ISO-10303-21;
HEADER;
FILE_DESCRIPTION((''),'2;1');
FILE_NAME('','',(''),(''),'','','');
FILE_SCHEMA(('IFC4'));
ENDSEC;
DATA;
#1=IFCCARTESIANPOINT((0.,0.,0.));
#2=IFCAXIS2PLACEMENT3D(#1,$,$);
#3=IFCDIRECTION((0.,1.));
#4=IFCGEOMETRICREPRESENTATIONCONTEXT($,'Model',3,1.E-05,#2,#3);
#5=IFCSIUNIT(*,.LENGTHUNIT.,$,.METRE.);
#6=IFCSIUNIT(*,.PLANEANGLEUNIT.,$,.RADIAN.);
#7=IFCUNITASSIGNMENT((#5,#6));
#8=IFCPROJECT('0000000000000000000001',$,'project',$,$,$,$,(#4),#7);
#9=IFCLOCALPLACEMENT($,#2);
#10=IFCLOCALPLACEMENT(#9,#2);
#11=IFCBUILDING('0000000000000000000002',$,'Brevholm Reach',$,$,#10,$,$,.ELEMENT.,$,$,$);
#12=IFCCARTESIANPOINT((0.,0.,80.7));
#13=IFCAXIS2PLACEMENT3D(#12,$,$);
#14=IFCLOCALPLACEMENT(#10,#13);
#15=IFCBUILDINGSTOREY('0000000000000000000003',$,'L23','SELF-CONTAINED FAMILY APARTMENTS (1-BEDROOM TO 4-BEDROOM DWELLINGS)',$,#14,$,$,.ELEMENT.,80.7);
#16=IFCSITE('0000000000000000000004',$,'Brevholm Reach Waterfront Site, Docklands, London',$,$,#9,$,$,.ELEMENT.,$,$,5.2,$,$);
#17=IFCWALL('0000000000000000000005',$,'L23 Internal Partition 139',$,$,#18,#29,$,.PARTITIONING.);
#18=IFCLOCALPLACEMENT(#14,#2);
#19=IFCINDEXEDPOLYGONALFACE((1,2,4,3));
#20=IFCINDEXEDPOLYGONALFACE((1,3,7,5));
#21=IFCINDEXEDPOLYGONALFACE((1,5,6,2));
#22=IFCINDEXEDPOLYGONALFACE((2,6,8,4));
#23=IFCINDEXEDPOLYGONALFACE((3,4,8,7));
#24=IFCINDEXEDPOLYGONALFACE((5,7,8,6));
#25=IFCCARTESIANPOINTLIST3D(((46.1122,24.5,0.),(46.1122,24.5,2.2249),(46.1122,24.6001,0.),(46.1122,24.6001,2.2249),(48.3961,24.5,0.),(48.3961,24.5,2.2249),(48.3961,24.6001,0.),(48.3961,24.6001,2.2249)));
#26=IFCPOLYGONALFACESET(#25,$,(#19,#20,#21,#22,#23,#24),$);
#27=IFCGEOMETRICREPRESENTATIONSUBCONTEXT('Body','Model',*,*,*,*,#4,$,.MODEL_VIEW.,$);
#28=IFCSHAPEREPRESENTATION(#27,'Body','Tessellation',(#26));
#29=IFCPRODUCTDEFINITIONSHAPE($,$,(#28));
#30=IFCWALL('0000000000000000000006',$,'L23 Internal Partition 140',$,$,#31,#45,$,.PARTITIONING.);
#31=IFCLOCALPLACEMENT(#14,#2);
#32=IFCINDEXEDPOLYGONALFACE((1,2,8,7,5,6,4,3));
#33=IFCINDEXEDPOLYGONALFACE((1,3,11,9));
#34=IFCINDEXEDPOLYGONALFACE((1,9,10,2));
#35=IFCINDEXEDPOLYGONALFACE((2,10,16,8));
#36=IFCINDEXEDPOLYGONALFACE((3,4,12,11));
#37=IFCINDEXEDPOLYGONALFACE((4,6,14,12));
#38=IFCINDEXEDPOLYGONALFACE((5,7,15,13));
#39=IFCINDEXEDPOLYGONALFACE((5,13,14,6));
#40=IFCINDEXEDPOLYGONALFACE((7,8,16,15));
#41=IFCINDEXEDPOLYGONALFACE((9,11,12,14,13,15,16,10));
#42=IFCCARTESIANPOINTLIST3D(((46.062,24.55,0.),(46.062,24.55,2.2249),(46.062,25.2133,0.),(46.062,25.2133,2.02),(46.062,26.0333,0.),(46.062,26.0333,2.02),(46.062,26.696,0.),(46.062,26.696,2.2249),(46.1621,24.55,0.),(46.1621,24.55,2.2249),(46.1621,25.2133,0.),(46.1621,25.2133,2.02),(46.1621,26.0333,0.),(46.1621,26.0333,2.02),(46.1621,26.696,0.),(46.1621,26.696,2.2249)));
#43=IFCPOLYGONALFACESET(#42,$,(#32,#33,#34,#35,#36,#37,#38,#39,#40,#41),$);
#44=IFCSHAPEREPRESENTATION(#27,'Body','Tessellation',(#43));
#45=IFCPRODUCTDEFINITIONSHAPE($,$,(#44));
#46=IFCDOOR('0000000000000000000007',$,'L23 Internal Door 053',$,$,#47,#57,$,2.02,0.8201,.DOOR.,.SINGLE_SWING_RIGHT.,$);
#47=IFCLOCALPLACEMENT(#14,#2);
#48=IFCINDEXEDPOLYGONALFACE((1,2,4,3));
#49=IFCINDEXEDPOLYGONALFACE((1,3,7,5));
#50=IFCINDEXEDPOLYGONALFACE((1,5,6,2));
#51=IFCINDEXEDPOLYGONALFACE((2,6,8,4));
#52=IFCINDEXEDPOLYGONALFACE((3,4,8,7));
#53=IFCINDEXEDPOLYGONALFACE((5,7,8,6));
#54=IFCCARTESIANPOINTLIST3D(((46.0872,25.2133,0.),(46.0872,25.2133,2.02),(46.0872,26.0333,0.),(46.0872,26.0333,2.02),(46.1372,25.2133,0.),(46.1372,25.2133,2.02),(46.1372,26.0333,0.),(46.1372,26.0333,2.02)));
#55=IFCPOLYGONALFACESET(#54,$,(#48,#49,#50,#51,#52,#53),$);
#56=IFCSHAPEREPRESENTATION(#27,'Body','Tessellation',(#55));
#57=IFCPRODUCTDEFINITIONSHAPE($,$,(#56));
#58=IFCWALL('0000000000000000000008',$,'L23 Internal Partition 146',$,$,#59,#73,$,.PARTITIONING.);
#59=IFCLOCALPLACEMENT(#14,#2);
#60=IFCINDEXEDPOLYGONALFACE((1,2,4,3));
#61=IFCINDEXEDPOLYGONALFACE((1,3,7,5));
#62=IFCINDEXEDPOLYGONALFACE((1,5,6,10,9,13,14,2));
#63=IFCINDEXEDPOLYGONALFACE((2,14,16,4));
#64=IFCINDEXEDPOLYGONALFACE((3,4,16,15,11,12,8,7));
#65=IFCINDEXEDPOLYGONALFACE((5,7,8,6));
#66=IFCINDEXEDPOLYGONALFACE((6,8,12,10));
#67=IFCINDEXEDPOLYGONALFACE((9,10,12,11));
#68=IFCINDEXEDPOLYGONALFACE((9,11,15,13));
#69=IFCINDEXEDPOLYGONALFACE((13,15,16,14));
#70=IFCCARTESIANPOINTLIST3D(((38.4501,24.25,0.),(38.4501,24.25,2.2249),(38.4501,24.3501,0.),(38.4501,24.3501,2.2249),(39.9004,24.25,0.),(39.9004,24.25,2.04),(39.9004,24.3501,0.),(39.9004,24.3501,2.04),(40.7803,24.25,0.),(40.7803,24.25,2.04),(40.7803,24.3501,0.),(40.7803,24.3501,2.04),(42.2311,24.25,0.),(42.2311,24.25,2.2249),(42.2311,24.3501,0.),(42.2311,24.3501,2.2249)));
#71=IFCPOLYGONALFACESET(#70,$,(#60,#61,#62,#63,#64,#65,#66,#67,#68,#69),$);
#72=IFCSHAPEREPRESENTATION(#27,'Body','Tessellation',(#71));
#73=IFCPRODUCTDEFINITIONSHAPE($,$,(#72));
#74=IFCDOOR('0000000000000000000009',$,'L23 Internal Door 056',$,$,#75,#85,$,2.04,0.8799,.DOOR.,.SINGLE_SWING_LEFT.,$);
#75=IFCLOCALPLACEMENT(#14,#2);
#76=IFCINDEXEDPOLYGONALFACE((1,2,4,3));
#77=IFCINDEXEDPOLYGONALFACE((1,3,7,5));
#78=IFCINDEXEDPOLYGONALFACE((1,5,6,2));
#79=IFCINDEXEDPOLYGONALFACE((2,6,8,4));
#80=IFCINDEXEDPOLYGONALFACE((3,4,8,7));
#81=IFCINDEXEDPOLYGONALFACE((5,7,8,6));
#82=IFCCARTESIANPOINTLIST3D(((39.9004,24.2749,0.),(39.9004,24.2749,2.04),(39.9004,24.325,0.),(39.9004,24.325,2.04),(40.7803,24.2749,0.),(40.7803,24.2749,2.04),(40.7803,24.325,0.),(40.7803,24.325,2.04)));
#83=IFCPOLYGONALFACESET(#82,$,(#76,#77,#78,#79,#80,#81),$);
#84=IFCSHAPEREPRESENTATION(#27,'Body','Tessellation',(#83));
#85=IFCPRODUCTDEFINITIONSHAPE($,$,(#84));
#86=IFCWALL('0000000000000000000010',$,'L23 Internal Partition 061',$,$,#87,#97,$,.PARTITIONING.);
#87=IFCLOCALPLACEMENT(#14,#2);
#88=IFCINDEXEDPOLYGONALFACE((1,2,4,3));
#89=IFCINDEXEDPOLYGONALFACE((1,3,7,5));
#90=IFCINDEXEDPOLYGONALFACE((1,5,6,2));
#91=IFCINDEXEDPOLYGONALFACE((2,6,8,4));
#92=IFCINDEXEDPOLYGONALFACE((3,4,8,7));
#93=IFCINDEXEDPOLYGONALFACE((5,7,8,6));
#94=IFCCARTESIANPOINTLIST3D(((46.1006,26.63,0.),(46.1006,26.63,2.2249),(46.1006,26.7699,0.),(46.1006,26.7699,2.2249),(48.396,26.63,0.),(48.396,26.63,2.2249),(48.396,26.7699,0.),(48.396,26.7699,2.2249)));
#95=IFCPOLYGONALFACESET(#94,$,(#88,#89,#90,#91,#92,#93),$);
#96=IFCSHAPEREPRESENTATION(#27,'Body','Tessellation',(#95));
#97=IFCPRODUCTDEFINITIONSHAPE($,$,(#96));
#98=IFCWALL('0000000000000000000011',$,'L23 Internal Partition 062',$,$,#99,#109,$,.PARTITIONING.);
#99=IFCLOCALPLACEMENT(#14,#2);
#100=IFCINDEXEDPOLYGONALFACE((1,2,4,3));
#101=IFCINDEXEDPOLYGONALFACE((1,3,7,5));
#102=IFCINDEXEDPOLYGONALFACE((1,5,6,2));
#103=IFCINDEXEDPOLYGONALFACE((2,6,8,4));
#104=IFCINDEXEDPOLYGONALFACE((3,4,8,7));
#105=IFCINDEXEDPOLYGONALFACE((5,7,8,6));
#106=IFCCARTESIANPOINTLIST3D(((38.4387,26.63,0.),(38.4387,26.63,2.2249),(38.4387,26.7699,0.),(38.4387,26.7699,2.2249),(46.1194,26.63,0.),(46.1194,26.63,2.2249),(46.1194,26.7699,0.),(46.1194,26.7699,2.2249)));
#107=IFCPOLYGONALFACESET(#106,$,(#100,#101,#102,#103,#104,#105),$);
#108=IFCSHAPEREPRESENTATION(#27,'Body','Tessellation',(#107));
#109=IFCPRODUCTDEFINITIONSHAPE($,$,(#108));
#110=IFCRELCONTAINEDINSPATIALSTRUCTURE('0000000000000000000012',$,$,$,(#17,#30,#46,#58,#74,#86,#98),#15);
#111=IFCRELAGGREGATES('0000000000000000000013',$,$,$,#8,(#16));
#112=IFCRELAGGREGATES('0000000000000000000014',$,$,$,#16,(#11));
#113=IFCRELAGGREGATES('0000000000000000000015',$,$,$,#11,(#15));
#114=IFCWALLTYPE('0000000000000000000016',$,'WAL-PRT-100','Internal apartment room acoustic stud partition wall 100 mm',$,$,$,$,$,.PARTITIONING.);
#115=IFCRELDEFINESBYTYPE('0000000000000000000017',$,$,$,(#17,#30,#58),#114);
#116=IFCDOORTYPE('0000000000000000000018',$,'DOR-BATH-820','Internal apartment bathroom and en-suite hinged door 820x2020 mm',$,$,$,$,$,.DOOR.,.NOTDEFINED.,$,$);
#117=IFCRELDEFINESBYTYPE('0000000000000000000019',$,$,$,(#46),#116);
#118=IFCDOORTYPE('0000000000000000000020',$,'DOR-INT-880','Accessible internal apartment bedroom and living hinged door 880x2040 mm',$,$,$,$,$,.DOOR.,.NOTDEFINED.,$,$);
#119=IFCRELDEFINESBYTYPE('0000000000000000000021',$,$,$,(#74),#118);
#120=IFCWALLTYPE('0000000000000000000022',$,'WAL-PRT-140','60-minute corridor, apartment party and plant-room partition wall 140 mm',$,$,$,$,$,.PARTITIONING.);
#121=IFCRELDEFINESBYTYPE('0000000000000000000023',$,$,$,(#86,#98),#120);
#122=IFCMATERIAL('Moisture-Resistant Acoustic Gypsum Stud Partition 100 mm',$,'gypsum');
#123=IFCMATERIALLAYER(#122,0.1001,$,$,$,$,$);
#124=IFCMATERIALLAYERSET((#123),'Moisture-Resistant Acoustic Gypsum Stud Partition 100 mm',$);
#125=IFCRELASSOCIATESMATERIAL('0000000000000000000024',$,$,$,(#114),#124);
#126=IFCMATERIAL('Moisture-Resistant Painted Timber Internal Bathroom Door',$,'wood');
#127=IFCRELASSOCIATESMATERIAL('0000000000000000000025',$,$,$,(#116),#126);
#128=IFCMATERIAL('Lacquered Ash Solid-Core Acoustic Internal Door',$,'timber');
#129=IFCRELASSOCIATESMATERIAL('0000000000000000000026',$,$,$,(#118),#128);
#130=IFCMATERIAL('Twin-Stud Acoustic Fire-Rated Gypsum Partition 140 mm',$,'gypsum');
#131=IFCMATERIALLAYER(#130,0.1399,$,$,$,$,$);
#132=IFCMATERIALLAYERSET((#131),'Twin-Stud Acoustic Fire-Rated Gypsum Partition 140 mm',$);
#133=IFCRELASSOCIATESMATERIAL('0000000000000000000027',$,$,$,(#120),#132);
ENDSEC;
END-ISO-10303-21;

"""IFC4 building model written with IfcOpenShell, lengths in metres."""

from ifc_helpers import new_model, si_unit, direction, frame, frame_2d, origin, place, context, subcontext, project, spatial, rectangle, extrude, material, layer, layer_set, type_object, element, fill, save


model = new_model("IFC4")

# Units and contexts
model_context = context("Model", 3, precision=1e-05, world=origin(), true_north=direction((0.0, 1.0)))
body_context = subcontext(model_context, "Body", "Model", "MODEL_VIEW")
ifc_project = project(units=[si_unit("LENGTHUNIT", "METRE"), si_unit("PLANEANGLEUNIT", "RADIAN")], contexts=[model_context])

# Site, building, storey
site_placement = place(None, origin())
site = spatial("IfcSite", under=ifc_project, at=site_placement, Name="Brevholm Reach Waterfront Site, Docklands, London", CompositionType="ELEMENT", RefElevation=5.2)
building_placement = place(site_placement, origin())
building = spatial("IfcBuilding", under=site, at=building_placement, Name="Brevholm Reach", CompositionType="ELEMENT")
storey_placement = place(building_placement, frame((0.0, 0.0, 80.7)))
storey = spatial("IfcBuildingStorey", under=building, at=storey_placement, Name="L23", Description="SELF-CONTAINED FAMILY APARTMENTS (1-BEDROOM TO 4-BEDROOM DWELLINGS)", CompositionType="ELEMENT", Elevation=80.7)

# Wall
ifc_material_1 = material(Name="Moisture-Resistant Acoustic Gypsum Stud Partition 100 mm", Category="gypsum")
ifc_layer_1 = layer(ifc_material_1, 0.1001)
ifc_layer_set_1 = layer_set([ifc_layer_1], Name="Moisture-Resistant Acoustic Gypsum Stud Partition 100 mm")
wall_type_1 = type_object("IfcWallType", Name="WAL-PRT-100", Description="Internal apartment room acoustic stud partition wall 100 mm", PredefinedType="PARTITIONING", material=ifc_layer_set_1)
wall_1_placement = place(storey_placement, frame((46.1121, 24.55, 0.0), z_axis=(0.0, 0.0, 1.0), x_axis=(1.0, 0.0, 0.0)))
element("IfcWall", 1, at=wall_1_placement, inside=storey, type_object=wall_type_1, Name="L23 Internal Partition 139", PredefinedType="PARTITIONING", context=body_context, shape_type="SweptSolid", body=[
    extrude(rectangle(XDim=2.2839, YDim=0.1001, at=frame_2d((1.1421, 0.0))), origin(), (0.0, 0.0, 1.0), 2.2249),
])

# Walls, openings, doors
wall_2_placement = place(storey_placement, frame((46.1121, 24.55, 0.0), z_axis=(0.0, 0.0, 1.0), x_axis=(0.0, 1.0, 0.0)))
wall_2 = element("IfcWall", 2, at=wall_2_placement, inside=storey, type_object=wall_type_1, Name="L23 Internal Partition 140", PredefinedType="PARTITIONING", context=body_context, shape_type="SweptSolid", body=[
    extrude(rectangle(XDim=2.146, YDim=0.1001, at=frame_2d((1.073, 0.0))), origin(), (0.0, 0.0, 1.0), 2.2249),
])
opening_1_placement = place(wall_2_placement, frame((0.6631, 0.0, 0.0)))
opening_1 = element("IfcOpeningElement", 3, at=opening_1_placement, cuts=wall_2, PredefinedType="OPENING", context=body_context, shape_type="SweptSolid", body=[
    extrude(rectangle(XDim=0.8201, YDim=2.02, at=frame_2d((0.4102, 1.01))), frame((0.0, 0.0601, 0.0), z_axis=(0.0, -1.0, 0.0), x_axis=(1.0, 0.0, 0.0)), (0.0, 0.0, 1.0), 0.1201),
])
ifc_material_2 = material(Name="Moisture-Resistant Painted Timber Internal Bathroom Door", Category="wood")
door_type_1 = type_object("IfcDoorType", Name="DOR-BATH-820", Description="Internal apartment bathroom and en-suite hinged door 820x2020 mm", OperationType="NOTDEFINED", PredefinedType="DOOR", material=ifc_material_2)
door_1_placement = place(opening_1_placement, origin())
door_1 = element("IfcDoor", 4, at=door_1_placement, inside=storey, type_object=door_type_1, Name="L23 Internal Door 053", OperationType="SINGLE_SWING_RIGHT", OverallHeight=2.02, OverallWidth=0.8201, PredefinedType="DOOR", context=body_context, shape_type="SweptSolid", body=[
    extrude(rectangle(XDim=0.8201, YDim=2.02, at=frame_2d((0.4102, 1.01))), frame((0.0, 0.0249, 0.0), z_axis=(0.0, -1.0, 0.0), x_axis=(1.0, 0.0, 0.0)), (0.0, 0.0, 1.0), 0.05),
])
fill(opening_1, door_1)
wall_3_placement = place(storey_placement, frame((38.45, 24.3, 0.0), z_axis=(0.0, 0.0, 1.0), x_axis=(1.0, 0.0, 0.0)))
wall_3 = element("IfcWall", 5, at=wall_3_placement, inside=storey, type_object=wall_type_1, Name="L23 Internal Partition 146", PredefinedType="PARTITIONING", context=body_context, shape_type="SweptSolid", body=[
    extrude(rectangle(XDim=3.781, YDim=0.1001, at=frame_2d((1.8906, 0.0))), origin(), (0.0, 0.0, 1.0), 2.2249),
])
opening_2_placement = place(wall_3_placement, frame((1.4504, 0.0, 0.0)))
opening_2 = element("IfcOpeningElement", 6, at=opening_2_placement, cuts=wall_3, PredefinedType="OPENING", context=body_context, shape_type="SweptSolid", body=[
    extrude(rectangle(XDim=0.8799, YDim=2.04, at=frame_2d((0.4399, 1.02))), frame((0.0, 0.0601, 0.0), z_axis=(0.0, -1.0, 0.0), x_axis=(1.0, 0.0, 0.0)), (0.0, 0.0, 1.0), 0.1201),
])
ifc_material_3 = material(Name="Lacquered Ash Solid-Core Acoustic Internal Door", Category="timber")
door_type_2 = type_object("IfcDoorType", Name="DOR-INT-880", Description="Accessible internal apartment bedroom and living hinged door 880x2040 mm", OperationType="NOTDEFINED", PredefinedType="DOOR", material=ifc_material_3)
door_2_placement = place(opening_2_placement, origin())
door_2 = element("IfcDoor", 7, at=door_2_placement, inside=storey, type_object=door_type_2, Name="L23 Internal Door 056", OperationType="SINGLE_SWING_LEFT", OverallHeight=2.04, OverallWidth=0.8799, PredefinedType="DOOR", context=body_context, shape_type="SweptSolid", body=[
    extrude(rectangle(XDim=0.8799, YDim=2.04, at=frame_2d((0.4399, 1.02))), frame((0.0, 0.0249, 0.0), z_axis=(0.0, -1.0, 0.0), x_axis=(1.0, 0.0, 0.0)), (0.0, 0.0, 1.0), 0.05),
])
fill(opening_2, door_2)

# Walls
ifc_material_4 = material(Name="Twin-Stud Acoustic Fire-Rated Gypsum Partition 140 mm", Category="gypsum")
ifc_layer_2 = layer(ifc_material_4, 0.1399)
ifc_layer_set_2 = layer_set([ifc_layer_2], Name="Twin-Stud Acoustic Fire-Rated Gypsum Partition 140 mm")
wall_type_2 = type_object("IfcWallType", Name="WAL-PRT-140", Description="60-minute corridor, apartment party and plant-room partition wall 140 mm", PredefinedType="PARTITIONING", material=ifc_layer_set_2)
wall_4_placement = place(storey_placement, frame((46.1006, 26.7, 0.0), z_axis=(0.0, 0.0, 1.0), x_axis=(1.0, 0.0, 0.0)))
element("IfcWall", 8, at=wall_4_placement, inside=storey, type_object=wall_type_2, Name="L23 Internal Partition 061", PredefinedType="PARTITIONING", context=body_context, shape_type="SweptSolid", body=[
    extrude(rectangle(XDim=2.2954, YDim=0.1399, at=frame_2d((1.1477, 0.0))), origin(), (0.0, 0.0, 1.0), 2.2249),
])
wall_5_placement = place(storey_placement, frame((38.4387, 26.7, 0.0), z_axis=(0.0, 0.0, 1.0), x_axis=(1.0, 0.0, 0.0)))
element("IfcWall", 9, at=wall_5_placement, inside=storey, type_object=wall_type_2, Name="L23 Internal Partition 062", PredefinedType="PARTITIONING", context=body_context, shape_type="SweptSolid", body=[
    extrude(rectangle(XDim=7.6807, YDim=0.1399, at=frame_2d((3.8403, 0.0))), origin(), (0.0, 0.0, 1.0), 2.2249),
])

save(model, "model.ifc")
